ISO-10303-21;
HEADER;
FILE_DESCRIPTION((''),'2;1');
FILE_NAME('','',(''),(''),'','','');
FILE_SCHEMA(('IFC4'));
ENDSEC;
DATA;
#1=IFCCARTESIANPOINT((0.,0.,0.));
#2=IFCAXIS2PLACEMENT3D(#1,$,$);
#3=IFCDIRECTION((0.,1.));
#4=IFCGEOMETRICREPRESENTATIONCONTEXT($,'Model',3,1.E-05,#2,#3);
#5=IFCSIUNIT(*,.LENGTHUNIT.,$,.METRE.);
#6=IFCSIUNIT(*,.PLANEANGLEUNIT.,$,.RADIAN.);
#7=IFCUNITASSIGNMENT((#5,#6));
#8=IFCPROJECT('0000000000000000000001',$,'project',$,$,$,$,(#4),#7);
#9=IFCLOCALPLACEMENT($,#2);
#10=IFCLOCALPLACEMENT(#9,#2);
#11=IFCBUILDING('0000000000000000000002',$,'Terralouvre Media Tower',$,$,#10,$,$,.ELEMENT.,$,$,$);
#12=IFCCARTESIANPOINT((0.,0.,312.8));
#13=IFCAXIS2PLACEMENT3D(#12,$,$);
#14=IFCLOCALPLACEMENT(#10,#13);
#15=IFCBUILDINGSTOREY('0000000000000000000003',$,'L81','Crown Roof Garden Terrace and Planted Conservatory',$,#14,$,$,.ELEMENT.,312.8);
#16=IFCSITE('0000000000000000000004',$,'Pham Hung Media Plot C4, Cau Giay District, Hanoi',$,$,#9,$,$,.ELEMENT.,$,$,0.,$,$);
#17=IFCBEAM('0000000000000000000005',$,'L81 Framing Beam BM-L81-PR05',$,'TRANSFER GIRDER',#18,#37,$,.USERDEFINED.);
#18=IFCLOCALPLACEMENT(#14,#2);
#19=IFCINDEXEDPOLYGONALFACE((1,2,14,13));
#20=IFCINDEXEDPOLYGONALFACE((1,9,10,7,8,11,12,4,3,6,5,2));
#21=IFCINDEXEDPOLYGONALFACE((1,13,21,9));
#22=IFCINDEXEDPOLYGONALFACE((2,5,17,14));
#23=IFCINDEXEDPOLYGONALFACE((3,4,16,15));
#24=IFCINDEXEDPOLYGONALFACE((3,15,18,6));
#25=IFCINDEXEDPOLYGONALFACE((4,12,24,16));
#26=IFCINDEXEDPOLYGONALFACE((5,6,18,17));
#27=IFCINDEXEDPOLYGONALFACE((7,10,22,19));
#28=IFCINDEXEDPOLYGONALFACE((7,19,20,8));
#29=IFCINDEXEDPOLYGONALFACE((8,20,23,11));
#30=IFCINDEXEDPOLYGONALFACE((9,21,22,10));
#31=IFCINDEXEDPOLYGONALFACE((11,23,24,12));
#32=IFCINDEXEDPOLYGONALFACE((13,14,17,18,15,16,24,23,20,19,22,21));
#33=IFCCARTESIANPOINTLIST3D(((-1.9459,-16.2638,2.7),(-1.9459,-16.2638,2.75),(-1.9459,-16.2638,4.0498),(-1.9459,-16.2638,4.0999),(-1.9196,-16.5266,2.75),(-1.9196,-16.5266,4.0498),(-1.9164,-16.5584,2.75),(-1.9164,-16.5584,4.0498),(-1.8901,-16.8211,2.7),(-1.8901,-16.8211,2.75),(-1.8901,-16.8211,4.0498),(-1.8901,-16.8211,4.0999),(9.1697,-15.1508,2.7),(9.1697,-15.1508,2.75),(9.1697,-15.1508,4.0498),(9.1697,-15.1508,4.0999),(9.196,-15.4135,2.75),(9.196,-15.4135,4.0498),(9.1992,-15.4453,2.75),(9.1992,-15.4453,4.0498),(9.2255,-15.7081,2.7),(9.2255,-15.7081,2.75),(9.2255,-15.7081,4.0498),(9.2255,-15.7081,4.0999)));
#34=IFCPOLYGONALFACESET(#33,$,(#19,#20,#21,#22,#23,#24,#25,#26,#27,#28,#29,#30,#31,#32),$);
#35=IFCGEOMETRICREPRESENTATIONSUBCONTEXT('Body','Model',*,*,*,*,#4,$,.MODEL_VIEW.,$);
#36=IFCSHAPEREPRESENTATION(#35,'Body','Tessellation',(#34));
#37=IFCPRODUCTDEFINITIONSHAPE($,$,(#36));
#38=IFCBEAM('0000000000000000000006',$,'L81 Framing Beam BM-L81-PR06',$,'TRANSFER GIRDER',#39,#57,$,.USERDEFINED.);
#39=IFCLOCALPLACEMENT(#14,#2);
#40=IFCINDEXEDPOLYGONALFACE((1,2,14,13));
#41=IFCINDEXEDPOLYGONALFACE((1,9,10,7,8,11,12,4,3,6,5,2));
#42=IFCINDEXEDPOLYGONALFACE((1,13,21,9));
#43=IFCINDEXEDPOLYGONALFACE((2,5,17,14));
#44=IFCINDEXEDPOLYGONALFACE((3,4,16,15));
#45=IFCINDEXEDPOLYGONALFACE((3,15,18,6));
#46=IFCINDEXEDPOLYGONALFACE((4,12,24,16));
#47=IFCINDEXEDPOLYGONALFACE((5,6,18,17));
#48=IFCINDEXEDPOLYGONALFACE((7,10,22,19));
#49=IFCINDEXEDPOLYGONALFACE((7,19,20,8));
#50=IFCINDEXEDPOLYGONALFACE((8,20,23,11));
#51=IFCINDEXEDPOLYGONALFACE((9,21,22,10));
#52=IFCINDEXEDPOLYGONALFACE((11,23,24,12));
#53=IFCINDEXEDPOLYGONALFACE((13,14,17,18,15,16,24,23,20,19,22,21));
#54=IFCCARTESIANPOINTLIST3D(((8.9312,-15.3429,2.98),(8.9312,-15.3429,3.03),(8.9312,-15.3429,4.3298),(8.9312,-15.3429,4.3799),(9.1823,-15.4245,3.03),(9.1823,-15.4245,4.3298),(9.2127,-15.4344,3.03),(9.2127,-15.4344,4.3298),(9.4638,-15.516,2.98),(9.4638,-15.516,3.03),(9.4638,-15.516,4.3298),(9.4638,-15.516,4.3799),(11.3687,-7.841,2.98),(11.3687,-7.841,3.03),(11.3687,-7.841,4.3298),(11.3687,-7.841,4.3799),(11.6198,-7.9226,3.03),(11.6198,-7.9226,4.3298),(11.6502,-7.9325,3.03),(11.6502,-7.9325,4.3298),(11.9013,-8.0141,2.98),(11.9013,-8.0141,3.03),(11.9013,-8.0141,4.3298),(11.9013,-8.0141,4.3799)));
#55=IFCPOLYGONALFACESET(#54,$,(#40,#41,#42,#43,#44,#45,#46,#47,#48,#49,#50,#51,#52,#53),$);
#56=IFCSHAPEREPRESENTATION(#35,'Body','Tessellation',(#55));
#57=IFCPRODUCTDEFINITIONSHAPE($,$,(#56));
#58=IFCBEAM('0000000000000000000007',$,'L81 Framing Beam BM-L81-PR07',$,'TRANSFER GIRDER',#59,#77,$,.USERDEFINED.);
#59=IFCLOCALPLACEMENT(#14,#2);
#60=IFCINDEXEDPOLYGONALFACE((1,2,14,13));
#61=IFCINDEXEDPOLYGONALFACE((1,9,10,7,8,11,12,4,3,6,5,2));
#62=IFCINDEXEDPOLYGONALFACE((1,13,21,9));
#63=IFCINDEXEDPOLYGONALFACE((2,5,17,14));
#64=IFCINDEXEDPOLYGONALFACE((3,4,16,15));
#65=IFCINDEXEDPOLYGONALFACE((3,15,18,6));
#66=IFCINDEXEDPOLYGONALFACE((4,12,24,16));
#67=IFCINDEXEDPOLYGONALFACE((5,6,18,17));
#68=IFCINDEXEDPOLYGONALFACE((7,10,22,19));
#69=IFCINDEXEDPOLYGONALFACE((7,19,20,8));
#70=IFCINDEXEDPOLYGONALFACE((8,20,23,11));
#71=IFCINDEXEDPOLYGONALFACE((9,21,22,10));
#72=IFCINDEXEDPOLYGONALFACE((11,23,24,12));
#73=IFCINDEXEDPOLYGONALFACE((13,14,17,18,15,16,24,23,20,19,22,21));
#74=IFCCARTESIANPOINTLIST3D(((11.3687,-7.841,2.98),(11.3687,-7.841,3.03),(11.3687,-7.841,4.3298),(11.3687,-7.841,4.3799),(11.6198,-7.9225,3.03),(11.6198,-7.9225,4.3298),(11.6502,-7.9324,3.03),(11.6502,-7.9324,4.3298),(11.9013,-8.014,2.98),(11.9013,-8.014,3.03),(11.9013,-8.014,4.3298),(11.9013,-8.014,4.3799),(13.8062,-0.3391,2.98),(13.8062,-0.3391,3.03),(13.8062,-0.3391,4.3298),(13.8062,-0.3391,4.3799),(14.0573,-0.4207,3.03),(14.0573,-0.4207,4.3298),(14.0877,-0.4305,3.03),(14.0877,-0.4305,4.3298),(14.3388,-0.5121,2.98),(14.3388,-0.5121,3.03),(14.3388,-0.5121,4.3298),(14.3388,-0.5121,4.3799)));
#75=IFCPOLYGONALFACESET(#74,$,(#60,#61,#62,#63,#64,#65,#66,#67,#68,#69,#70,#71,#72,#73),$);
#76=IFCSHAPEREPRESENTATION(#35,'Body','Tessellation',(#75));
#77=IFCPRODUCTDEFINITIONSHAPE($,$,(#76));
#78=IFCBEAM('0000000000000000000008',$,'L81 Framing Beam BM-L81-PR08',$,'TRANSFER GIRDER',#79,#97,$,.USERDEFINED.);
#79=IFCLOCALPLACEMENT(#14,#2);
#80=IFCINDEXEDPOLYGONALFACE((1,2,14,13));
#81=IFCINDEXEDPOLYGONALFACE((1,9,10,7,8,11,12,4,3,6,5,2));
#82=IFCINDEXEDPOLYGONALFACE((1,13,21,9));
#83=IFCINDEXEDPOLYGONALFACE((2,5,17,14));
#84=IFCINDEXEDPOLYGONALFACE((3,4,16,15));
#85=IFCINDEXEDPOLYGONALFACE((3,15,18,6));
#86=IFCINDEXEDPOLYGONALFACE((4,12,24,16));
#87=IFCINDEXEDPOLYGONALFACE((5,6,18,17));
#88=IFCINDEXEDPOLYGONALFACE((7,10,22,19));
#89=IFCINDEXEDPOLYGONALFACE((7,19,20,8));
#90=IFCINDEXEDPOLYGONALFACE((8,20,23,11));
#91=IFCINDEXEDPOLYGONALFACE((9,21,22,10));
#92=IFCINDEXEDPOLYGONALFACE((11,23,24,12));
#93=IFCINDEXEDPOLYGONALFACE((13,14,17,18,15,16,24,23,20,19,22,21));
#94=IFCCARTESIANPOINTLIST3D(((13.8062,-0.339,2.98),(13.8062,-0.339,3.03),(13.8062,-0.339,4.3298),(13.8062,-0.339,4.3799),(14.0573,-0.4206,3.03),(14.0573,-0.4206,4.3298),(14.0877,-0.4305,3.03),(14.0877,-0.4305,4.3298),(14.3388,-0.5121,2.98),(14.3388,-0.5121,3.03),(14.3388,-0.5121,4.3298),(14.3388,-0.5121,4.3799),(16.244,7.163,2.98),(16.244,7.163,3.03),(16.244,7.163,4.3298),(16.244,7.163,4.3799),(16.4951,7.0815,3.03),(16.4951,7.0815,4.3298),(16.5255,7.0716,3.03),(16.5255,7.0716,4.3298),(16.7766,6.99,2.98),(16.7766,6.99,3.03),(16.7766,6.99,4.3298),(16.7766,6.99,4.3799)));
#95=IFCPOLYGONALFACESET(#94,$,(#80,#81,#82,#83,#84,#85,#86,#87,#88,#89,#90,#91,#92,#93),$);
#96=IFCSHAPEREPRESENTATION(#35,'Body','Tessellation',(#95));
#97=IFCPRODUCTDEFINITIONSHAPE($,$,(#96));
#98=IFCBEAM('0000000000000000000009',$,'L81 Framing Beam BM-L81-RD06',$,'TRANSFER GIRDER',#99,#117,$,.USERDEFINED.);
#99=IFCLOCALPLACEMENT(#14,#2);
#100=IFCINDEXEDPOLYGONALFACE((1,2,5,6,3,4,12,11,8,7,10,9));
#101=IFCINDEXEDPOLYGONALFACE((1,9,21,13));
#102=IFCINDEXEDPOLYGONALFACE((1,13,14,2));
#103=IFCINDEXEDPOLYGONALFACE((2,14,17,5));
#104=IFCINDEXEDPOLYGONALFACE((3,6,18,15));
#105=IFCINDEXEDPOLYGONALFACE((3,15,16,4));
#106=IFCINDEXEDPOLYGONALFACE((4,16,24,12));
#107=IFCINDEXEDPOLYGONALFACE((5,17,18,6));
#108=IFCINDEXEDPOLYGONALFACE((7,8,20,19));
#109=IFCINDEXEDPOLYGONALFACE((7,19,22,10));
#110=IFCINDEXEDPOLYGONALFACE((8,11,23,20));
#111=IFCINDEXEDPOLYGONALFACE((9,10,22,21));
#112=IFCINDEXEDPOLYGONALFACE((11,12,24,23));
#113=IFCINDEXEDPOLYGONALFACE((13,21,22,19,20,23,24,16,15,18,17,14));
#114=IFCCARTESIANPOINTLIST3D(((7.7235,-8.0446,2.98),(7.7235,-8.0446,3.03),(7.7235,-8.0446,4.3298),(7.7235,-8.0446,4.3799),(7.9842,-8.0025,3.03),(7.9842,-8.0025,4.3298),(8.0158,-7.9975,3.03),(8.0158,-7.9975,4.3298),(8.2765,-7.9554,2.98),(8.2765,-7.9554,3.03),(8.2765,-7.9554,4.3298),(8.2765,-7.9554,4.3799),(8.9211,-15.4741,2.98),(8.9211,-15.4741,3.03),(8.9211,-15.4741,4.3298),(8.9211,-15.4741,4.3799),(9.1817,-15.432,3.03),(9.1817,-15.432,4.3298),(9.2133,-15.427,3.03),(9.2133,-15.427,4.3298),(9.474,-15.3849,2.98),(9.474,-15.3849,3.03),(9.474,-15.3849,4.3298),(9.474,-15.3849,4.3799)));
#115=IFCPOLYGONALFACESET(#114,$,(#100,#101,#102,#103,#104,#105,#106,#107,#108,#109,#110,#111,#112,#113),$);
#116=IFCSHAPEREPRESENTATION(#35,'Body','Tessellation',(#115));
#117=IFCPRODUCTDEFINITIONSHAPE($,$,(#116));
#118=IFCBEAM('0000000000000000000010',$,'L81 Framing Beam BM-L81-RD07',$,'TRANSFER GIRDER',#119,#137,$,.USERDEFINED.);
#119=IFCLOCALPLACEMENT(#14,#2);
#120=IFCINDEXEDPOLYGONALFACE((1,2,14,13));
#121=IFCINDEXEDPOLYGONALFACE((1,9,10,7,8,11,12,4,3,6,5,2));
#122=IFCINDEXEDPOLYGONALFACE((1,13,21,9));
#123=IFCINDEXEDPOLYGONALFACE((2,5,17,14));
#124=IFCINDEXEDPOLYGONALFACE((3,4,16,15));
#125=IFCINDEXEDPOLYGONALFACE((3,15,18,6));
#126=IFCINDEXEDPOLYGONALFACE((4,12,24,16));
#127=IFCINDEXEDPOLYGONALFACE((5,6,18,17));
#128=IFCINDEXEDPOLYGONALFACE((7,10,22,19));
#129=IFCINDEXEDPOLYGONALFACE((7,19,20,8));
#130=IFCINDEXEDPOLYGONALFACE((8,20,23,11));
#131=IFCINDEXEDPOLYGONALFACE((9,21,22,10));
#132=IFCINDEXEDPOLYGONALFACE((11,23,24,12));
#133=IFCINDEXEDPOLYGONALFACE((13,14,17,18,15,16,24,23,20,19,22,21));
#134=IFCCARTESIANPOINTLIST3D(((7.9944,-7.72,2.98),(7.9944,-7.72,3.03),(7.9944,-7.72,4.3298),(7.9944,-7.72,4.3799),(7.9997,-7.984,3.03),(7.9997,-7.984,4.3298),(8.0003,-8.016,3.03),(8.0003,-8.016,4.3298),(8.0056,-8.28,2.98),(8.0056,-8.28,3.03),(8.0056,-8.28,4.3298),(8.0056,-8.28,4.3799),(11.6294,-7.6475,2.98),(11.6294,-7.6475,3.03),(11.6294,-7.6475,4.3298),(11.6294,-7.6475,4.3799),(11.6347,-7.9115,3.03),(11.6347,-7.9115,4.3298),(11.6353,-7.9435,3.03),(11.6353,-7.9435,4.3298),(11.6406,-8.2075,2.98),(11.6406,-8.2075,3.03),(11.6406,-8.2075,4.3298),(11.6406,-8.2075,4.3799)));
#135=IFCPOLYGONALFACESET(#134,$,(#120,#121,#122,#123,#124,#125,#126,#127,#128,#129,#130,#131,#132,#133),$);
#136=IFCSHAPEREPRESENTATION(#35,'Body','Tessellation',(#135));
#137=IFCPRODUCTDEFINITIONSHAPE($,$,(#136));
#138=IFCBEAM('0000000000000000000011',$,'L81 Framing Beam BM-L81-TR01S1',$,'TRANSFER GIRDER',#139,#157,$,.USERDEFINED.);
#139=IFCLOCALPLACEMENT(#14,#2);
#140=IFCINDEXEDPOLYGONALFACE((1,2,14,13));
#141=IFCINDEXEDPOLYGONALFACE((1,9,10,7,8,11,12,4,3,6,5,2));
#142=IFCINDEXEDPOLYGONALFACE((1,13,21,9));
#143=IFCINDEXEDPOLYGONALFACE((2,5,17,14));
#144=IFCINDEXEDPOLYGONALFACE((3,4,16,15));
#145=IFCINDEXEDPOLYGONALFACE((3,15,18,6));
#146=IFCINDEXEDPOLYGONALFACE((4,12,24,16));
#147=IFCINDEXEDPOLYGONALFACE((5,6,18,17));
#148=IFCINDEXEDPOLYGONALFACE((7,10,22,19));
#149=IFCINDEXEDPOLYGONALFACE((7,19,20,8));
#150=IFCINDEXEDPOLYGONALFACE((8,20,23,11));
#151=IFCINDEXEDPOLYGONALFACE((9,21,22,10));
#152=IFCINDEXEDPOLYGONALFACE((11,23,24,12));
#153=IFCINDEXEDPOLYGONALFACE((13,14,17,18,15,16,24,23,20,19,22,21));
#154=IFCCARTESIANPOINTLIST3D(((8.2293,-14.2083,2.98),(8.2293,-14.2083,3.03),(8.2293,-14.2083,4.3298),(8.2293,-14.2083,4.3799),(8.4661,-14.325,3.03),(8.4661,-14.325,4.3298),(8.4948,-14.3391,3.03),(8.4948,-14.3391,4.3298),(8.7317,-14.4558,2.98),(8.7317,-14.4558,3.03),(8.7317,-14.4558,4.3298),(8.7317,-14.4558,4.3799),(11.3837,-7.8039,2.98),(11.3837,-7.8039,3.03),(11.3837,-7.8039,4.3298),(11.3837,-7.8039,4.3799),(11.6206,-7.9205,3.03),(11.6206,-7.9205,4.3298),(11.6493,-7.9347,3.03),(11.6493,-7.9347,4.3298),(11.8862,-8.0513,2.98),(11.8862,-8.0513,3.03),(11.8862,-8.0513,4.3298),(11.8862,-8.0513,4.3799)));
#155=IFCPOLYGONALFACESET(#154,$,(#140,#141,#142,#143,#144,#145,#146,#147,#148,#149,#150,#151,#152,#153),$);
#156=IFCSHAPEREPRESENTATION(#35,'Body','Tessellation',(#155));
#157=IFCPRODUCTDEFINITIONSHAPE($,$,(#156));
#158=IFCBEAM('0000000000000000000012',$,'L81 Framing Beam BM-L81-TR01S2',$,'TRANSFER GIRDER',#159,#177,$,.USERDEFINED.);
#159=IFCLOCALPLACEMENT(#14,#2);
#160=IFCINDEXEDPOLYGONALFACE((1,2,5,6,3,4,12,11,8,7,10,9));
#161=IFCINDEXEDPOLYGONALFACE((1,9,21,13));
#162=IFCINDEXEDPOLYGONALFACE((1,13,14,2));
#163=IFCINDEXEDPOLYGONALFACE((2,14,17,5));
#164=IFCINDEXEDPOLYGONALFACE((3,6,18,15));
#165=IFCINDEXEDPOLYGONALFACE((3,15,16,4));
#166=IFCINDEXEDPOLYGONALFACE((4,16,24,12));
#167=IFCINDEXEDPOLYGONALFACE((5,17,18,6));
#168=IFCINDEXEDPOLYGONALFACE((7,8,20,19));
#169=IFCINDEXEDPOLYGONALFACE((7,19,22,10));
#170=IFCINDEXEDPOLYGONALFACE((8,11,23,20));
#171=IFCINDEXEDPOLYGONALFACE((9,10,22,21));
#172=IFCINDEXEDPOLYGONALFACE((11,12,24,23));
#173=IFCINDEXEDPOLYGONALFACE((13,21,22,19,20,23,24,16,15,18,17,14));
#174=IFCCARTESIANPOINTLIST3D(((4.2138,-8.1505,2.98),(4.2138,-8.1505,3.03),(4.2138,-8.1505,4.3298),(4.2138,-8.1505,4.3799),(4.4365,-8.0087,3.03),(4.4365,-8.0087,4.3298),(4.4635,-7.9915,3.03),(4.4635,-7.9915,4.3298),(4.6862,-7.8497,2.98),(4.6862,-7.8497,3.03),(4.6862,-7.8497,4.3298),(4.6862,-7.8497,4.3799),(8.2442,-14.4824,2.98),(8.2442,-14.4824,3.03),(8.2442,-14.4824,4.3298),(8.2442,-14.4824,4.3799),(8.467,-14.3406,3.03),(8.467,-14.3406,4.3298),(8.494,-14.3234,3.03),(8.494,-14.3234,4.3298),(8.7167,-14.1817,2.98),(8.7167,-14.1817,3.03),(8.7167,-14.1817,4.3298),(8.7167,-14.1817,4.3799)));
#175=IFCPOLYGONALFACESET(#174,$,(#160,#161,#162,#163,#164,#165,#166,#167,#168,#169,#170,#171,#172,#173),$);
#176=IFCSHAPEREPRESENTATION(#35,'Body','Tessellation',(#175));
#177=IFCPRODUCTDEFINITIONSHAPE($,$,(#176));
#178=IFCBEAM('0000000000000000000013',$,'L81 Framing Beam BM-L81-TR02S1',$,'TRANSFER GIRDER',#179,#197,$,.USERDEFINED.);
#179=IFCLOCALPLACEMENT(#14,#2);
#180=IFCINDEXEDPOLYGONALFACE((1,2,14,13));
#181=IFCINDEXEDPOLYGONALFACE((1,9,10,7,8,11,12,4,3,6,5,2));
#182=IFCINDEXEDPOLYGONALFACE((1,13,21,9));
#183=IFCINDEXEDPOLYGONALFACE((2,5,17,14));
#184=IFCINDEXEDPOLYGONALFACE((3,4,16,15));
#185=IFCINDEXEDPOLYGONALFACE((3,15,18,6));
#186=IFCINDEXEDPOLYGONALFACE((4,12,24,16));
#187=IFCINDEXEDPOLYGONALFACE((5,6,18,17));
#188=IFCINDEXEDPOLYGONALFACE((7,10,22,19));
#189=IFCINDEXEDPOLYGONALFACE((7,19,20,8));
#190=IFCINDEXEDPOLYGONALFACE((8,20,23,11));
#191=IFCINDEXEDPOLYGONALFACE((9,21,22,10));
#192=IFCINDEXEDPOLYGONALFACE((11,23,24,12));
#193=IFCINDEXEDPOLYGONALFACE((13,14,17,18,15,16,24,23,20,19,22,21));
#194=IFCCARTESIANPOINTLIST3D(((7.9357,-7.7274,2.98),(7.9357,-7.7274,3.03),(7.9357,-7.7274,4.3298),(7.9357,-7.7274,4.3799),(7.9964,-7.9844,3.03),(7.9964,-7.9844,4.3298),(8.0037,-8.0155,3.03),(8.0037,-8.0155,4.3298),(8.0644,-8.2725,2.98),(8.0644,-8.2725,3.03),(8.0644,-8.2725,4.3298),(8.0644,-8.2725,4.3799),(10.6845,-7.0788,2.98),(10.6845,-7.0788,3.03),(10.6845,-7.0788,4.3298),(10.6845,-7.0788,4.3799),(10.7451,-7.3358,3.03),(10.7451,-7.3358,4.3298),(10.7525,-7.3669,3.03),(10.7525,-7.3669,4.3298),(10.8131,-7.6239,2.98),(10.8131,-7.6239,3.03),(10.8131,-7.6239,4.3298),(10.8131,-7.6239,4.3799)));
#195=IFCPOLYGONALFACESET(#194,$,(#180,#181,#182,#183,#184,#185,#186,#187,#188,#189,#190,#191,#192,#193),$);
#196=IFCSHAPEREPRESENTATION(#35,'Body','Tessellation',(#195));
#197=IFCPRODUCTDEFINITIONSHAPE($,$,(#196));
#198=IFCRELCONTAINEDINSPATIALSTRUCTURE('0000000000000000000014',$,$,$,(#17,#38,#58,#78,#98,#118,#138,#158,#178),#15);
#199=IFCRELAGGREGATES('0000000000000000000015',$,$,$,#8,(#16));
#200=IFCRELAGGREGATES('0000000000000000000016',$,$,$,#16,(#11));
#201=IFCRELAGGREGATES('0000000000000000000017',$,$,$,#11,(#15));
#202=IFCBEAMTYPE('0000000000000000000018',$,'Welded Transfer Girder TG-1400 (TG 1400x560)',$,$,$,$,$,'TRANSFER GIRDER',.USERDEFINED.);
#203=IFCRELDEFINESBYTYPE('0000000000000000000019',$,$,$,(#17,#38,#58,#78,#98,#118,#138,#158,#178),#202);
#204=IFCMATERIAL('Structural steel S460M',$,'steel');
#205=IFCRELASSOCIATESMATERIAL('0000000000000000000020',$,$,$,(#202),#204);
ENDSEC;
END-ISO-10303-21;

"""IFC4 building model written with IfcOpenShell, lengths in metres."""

from ifc_helpers import new_model, si_unit, direction, frame, origin, origin_2d, place, context, subcontext, project, spatial, i_section, extrude, material, material_profile, profile_set, type_object, element, save


model = new_model("IFC4")

# Units and contexts
model_context = context("Model", 3, precision=1e-05, world=origin(), true_north=direction((0.0, 1.0)))
body_context = subcontext(model_context, "Body", "Model", "MODEL_VIEW")
ifc_project = project(units=[si_unit("LENGTHUNIT", "METRE"), si_unit("PLANEANGLEUNIT", "RADIAN")], contexts=[model_context])

# Site, building, storey
site_placement = place(None, origin())
site = spatial("IfcSite", under=ifc_project, at=site_placement, Name="Pham Hung Media Plot C4, Cau Giay District, Hanoi", CompositionType="ELEMENT", RefElevation=0.0)
building_placement = place(site_placement, origin())
building = spatial("IfcBuilding", under=site, at=building_placement, Name="Terralouvre Media Tower", CompositionType="ELEMENT")
storey_placement = place(building_placement, frame((0.0, 0.0, 312.8)))
storey = spatial("IfcBuildingStorey", under=building, at=storey_placement, Name="L81", Description="Crown Roof Garden Terrace and Planted Conservatory", CompositionType="ELEMENT", Elevation=312.8)

# Beams
ifc_material_1 = material(Name="Structural steel S460M", Category="steel")
ifc_material_profile_1 = material_profile(ifc_material_1, i_section(OverallWidth=0.5601, OverallDepth=1.3999, WebThickness=0.032, FlangeThickness=0.05, at=origin_2d()), Name="TG 1400x560")
ifc_profile_set_1 = profile_set([ifc_material_profile_1], Name="Structural steel S460M")
beam_type_1 = type_object("IfcBeamType", Name="Welded Transfer Girder TG-1400 (TG 1400x560)", ElementType="TRANSFER GIRDER", PredefinedType="USERDEFINED", material=ifc_profile_set_1)
beam_1_placement = place(storey_placement, frame((-1.918, -16.5425, 3.3999), z_axis=(0.995024, 0.099636, 0.0), x_axis=(-0.099636, 0.995024, 0.0)))
element("IfcBeam", 1, at=beam_1_placement, inside=storey, type_object=beam_type_1, Name="L81 Framing Beam BM-L81-PR05", ObjectType="TRANSFER GIRDER", PredefinedType="USERDEFINED", context=body_context, shape_type="SweptSolid", body=[
    extrude(i_section(OverallWidth=0.5601, OverallDepth=1.3999, WebThickness=0.032, FlangeThickness=0.05, at=origin_2d()), origin(), (0.0, 0.0, 1.0), 11.1711),
])
for number, where, z_axis, x_axis, name in (
    (2, (9.1975, -15.4294, 3.6799), (0.309013, 0.951058, 0.0), (-0.951058, 0.309013, 0.0), "L81 Framing Beam BM-L81-PR06"),
    (3, (11.635, -7.9275, 3.6799), (0.309013, 0.951058, 0.0), (-0.951058, 0.309013, 0.0), "L81 Framing Beam BM-L81-PR07"),
):
    element("IfcBeam", number, at=place(storey_placement, frame(where, z_axis=z_axis, x_axis=x_axis)), inside=storey, type_object=beam_type_1, Name=name, ObjectType="TRANSFER GIRDER", PredefinedType="USERDEFINED", context=body_context, shape_type="SweptSolid", body=[
        extrude(i_section(OverallWidth=0.5601, OverallDepth=1.3999, WebThickness=0.032, FlangeThickness=0.05, at=origin_2d()), origin(), (0.0, 0.0, 1.0), 7.8879),
    ])
beam_2_placement = place(storey_placement, frame((14.0725, -0.4255, 3.6799), z_axis=(0.309041, 0.951049, 0.0), x_axis=(-0.951049, 0.309041, 0.0)))
element("IfcBeam", 4, at=beam_2_placement, inside=storey, type_object=beam_type_1, Name="L81 Framing Beam BM-L81-PR08", ObjectType="TRANSFER GIRDER", PredefinedType="USERDEFINED", context=body_context, shape_type="SweptSolid", body=[
    extrude(i_section(OverallWidth=0.5601, OverallDepth=1.3999, WebThickness=0.032, FlangeThickness=0.05, at=origin_2d()), origin(), (0.0, 0.0, 1.0), 7.8882),
])
beam_3_placement = place(storey_placement, frame((8.0, -8.0, 3.6799), z_axis=(0.15913, -0.987258, 0.0), x_axis=(0.987258, 0.15913, 0.0)))
element("IfcBeam", 5, at=beam_3_placement, inside=storey, type_object=beam_type_1, Name="L81 Framing Beam BM-L81-RD06", ObjectType="TRANSFER GIRDER", PredefinedType="USERDEFINED", context=body_context, shape_type="SweptSolid", body=[
    extrude(i_section(OverallWidth=0.5601, OverallDepth=1.3999, WebThickness=0.032, FlangeThickness=0.05, at=origin_2d()), origin(), (0.0, 0.0, 1.0), 7.5254),
])
beam_4_placement = place(storey_placement, frame((8.0, -8.0, 3.6799), z_axis=(0.999801, 0.019944, 0.0), x_axis=(-0.019944, 0.999801, 0.0)))
element("IfcBeam", 6, at=beam_4_placement, inside=storey, type_object=beam_type_1, Name="L81 Framing Beam BM-L81-RD07", ObjectType="TRANSFER GIRDER", PredefinedType="USERDEFINED", context=body_context, shape_type="SweptSolid", body=[
    extrude(i_section(OverallWidth=0.5601, OverallDepth=1.3999, WebThickness=0.032, FlangeThickness=0.05, at=origin_2d()), origin(), (0.0, 0.0, 1.0), 3.6357),
])
beam_5_placement = place(storey_placement, frame((8.4805, -14.332, 3.6799), z_axis=(0.441857, 0.897085, 0.0), x_axis=(-0.897085, 0.441857, 0.0)))
element("IfcBeam", 7, at=beam_5_placement, inside=storey, type_object=beam_type_1, Name="L81 Framing Beam BM-L81-TR01S1", ObjectType="TRANSFER GIRDER", PredefinedType="USERDEFINED", context=body_context, shape_type="SweptSolid", body=[
    extrude(i_section(OverallWidth=0.5601, OverallDepth=1.3999, WebThickness=0.032, FlangeThickness=0.05, at=origin_2d()), origin(), (0.0, 0.0, 1.0), 7.1392),
])
beam_6_placement = place(storey_placement, frame((8.4805, -14.332, 3.6799), z_axis=(-0.536974, 0.843599, 0.0), x_axis=(-0.843599, -0.536974, 0.0)))
element("IfcBeam", 8, at=beam_6_placement, inside=storey, type_object=beam_type_1, Name="L81 Framing Beam BM-L81-TR01S2", ObjectType="TRANSFER GIRDER", PredefinedType="USERDEFINED", context=body_context, shape_type="SweptSolid", body=[
    extrude(i_section(OverallWidth=0.5601, OverallDepth=1.3999, WebThickness=0.032, FlangeThickness=0.05, at=origin_2d()), origin(), (0.0, 0.0, 1.0), 7.5059),
])
beam_7_placement = place(storey_placement, frame((10.7488, -7.3513, 3.6799), z_axis=(-0.973266, -0.22968, 0.0), x_axis=(0.22968, -0.973266, 0.0)))
element("IfcBeam", 9, at=beam_7_placement, inside=storey, type_object=beam_type_1, Name="L81 Framing Beam BM-L81-TR02S1", ObjectType="TRANSFER GIRDER", PredefinedType="USERDEFINED", context=body_context, shape_type="SweptSolid", body=[
    extrude(i_section(OverallWidth=0.5601, OverallDepth=1.3999, WebThickness=0.032, FlangeThickness=0.05, at=origin_2d()), origin(), (0.0, 0.0, 1.0), 2.8242),
])

save(model, "model.ifc")
